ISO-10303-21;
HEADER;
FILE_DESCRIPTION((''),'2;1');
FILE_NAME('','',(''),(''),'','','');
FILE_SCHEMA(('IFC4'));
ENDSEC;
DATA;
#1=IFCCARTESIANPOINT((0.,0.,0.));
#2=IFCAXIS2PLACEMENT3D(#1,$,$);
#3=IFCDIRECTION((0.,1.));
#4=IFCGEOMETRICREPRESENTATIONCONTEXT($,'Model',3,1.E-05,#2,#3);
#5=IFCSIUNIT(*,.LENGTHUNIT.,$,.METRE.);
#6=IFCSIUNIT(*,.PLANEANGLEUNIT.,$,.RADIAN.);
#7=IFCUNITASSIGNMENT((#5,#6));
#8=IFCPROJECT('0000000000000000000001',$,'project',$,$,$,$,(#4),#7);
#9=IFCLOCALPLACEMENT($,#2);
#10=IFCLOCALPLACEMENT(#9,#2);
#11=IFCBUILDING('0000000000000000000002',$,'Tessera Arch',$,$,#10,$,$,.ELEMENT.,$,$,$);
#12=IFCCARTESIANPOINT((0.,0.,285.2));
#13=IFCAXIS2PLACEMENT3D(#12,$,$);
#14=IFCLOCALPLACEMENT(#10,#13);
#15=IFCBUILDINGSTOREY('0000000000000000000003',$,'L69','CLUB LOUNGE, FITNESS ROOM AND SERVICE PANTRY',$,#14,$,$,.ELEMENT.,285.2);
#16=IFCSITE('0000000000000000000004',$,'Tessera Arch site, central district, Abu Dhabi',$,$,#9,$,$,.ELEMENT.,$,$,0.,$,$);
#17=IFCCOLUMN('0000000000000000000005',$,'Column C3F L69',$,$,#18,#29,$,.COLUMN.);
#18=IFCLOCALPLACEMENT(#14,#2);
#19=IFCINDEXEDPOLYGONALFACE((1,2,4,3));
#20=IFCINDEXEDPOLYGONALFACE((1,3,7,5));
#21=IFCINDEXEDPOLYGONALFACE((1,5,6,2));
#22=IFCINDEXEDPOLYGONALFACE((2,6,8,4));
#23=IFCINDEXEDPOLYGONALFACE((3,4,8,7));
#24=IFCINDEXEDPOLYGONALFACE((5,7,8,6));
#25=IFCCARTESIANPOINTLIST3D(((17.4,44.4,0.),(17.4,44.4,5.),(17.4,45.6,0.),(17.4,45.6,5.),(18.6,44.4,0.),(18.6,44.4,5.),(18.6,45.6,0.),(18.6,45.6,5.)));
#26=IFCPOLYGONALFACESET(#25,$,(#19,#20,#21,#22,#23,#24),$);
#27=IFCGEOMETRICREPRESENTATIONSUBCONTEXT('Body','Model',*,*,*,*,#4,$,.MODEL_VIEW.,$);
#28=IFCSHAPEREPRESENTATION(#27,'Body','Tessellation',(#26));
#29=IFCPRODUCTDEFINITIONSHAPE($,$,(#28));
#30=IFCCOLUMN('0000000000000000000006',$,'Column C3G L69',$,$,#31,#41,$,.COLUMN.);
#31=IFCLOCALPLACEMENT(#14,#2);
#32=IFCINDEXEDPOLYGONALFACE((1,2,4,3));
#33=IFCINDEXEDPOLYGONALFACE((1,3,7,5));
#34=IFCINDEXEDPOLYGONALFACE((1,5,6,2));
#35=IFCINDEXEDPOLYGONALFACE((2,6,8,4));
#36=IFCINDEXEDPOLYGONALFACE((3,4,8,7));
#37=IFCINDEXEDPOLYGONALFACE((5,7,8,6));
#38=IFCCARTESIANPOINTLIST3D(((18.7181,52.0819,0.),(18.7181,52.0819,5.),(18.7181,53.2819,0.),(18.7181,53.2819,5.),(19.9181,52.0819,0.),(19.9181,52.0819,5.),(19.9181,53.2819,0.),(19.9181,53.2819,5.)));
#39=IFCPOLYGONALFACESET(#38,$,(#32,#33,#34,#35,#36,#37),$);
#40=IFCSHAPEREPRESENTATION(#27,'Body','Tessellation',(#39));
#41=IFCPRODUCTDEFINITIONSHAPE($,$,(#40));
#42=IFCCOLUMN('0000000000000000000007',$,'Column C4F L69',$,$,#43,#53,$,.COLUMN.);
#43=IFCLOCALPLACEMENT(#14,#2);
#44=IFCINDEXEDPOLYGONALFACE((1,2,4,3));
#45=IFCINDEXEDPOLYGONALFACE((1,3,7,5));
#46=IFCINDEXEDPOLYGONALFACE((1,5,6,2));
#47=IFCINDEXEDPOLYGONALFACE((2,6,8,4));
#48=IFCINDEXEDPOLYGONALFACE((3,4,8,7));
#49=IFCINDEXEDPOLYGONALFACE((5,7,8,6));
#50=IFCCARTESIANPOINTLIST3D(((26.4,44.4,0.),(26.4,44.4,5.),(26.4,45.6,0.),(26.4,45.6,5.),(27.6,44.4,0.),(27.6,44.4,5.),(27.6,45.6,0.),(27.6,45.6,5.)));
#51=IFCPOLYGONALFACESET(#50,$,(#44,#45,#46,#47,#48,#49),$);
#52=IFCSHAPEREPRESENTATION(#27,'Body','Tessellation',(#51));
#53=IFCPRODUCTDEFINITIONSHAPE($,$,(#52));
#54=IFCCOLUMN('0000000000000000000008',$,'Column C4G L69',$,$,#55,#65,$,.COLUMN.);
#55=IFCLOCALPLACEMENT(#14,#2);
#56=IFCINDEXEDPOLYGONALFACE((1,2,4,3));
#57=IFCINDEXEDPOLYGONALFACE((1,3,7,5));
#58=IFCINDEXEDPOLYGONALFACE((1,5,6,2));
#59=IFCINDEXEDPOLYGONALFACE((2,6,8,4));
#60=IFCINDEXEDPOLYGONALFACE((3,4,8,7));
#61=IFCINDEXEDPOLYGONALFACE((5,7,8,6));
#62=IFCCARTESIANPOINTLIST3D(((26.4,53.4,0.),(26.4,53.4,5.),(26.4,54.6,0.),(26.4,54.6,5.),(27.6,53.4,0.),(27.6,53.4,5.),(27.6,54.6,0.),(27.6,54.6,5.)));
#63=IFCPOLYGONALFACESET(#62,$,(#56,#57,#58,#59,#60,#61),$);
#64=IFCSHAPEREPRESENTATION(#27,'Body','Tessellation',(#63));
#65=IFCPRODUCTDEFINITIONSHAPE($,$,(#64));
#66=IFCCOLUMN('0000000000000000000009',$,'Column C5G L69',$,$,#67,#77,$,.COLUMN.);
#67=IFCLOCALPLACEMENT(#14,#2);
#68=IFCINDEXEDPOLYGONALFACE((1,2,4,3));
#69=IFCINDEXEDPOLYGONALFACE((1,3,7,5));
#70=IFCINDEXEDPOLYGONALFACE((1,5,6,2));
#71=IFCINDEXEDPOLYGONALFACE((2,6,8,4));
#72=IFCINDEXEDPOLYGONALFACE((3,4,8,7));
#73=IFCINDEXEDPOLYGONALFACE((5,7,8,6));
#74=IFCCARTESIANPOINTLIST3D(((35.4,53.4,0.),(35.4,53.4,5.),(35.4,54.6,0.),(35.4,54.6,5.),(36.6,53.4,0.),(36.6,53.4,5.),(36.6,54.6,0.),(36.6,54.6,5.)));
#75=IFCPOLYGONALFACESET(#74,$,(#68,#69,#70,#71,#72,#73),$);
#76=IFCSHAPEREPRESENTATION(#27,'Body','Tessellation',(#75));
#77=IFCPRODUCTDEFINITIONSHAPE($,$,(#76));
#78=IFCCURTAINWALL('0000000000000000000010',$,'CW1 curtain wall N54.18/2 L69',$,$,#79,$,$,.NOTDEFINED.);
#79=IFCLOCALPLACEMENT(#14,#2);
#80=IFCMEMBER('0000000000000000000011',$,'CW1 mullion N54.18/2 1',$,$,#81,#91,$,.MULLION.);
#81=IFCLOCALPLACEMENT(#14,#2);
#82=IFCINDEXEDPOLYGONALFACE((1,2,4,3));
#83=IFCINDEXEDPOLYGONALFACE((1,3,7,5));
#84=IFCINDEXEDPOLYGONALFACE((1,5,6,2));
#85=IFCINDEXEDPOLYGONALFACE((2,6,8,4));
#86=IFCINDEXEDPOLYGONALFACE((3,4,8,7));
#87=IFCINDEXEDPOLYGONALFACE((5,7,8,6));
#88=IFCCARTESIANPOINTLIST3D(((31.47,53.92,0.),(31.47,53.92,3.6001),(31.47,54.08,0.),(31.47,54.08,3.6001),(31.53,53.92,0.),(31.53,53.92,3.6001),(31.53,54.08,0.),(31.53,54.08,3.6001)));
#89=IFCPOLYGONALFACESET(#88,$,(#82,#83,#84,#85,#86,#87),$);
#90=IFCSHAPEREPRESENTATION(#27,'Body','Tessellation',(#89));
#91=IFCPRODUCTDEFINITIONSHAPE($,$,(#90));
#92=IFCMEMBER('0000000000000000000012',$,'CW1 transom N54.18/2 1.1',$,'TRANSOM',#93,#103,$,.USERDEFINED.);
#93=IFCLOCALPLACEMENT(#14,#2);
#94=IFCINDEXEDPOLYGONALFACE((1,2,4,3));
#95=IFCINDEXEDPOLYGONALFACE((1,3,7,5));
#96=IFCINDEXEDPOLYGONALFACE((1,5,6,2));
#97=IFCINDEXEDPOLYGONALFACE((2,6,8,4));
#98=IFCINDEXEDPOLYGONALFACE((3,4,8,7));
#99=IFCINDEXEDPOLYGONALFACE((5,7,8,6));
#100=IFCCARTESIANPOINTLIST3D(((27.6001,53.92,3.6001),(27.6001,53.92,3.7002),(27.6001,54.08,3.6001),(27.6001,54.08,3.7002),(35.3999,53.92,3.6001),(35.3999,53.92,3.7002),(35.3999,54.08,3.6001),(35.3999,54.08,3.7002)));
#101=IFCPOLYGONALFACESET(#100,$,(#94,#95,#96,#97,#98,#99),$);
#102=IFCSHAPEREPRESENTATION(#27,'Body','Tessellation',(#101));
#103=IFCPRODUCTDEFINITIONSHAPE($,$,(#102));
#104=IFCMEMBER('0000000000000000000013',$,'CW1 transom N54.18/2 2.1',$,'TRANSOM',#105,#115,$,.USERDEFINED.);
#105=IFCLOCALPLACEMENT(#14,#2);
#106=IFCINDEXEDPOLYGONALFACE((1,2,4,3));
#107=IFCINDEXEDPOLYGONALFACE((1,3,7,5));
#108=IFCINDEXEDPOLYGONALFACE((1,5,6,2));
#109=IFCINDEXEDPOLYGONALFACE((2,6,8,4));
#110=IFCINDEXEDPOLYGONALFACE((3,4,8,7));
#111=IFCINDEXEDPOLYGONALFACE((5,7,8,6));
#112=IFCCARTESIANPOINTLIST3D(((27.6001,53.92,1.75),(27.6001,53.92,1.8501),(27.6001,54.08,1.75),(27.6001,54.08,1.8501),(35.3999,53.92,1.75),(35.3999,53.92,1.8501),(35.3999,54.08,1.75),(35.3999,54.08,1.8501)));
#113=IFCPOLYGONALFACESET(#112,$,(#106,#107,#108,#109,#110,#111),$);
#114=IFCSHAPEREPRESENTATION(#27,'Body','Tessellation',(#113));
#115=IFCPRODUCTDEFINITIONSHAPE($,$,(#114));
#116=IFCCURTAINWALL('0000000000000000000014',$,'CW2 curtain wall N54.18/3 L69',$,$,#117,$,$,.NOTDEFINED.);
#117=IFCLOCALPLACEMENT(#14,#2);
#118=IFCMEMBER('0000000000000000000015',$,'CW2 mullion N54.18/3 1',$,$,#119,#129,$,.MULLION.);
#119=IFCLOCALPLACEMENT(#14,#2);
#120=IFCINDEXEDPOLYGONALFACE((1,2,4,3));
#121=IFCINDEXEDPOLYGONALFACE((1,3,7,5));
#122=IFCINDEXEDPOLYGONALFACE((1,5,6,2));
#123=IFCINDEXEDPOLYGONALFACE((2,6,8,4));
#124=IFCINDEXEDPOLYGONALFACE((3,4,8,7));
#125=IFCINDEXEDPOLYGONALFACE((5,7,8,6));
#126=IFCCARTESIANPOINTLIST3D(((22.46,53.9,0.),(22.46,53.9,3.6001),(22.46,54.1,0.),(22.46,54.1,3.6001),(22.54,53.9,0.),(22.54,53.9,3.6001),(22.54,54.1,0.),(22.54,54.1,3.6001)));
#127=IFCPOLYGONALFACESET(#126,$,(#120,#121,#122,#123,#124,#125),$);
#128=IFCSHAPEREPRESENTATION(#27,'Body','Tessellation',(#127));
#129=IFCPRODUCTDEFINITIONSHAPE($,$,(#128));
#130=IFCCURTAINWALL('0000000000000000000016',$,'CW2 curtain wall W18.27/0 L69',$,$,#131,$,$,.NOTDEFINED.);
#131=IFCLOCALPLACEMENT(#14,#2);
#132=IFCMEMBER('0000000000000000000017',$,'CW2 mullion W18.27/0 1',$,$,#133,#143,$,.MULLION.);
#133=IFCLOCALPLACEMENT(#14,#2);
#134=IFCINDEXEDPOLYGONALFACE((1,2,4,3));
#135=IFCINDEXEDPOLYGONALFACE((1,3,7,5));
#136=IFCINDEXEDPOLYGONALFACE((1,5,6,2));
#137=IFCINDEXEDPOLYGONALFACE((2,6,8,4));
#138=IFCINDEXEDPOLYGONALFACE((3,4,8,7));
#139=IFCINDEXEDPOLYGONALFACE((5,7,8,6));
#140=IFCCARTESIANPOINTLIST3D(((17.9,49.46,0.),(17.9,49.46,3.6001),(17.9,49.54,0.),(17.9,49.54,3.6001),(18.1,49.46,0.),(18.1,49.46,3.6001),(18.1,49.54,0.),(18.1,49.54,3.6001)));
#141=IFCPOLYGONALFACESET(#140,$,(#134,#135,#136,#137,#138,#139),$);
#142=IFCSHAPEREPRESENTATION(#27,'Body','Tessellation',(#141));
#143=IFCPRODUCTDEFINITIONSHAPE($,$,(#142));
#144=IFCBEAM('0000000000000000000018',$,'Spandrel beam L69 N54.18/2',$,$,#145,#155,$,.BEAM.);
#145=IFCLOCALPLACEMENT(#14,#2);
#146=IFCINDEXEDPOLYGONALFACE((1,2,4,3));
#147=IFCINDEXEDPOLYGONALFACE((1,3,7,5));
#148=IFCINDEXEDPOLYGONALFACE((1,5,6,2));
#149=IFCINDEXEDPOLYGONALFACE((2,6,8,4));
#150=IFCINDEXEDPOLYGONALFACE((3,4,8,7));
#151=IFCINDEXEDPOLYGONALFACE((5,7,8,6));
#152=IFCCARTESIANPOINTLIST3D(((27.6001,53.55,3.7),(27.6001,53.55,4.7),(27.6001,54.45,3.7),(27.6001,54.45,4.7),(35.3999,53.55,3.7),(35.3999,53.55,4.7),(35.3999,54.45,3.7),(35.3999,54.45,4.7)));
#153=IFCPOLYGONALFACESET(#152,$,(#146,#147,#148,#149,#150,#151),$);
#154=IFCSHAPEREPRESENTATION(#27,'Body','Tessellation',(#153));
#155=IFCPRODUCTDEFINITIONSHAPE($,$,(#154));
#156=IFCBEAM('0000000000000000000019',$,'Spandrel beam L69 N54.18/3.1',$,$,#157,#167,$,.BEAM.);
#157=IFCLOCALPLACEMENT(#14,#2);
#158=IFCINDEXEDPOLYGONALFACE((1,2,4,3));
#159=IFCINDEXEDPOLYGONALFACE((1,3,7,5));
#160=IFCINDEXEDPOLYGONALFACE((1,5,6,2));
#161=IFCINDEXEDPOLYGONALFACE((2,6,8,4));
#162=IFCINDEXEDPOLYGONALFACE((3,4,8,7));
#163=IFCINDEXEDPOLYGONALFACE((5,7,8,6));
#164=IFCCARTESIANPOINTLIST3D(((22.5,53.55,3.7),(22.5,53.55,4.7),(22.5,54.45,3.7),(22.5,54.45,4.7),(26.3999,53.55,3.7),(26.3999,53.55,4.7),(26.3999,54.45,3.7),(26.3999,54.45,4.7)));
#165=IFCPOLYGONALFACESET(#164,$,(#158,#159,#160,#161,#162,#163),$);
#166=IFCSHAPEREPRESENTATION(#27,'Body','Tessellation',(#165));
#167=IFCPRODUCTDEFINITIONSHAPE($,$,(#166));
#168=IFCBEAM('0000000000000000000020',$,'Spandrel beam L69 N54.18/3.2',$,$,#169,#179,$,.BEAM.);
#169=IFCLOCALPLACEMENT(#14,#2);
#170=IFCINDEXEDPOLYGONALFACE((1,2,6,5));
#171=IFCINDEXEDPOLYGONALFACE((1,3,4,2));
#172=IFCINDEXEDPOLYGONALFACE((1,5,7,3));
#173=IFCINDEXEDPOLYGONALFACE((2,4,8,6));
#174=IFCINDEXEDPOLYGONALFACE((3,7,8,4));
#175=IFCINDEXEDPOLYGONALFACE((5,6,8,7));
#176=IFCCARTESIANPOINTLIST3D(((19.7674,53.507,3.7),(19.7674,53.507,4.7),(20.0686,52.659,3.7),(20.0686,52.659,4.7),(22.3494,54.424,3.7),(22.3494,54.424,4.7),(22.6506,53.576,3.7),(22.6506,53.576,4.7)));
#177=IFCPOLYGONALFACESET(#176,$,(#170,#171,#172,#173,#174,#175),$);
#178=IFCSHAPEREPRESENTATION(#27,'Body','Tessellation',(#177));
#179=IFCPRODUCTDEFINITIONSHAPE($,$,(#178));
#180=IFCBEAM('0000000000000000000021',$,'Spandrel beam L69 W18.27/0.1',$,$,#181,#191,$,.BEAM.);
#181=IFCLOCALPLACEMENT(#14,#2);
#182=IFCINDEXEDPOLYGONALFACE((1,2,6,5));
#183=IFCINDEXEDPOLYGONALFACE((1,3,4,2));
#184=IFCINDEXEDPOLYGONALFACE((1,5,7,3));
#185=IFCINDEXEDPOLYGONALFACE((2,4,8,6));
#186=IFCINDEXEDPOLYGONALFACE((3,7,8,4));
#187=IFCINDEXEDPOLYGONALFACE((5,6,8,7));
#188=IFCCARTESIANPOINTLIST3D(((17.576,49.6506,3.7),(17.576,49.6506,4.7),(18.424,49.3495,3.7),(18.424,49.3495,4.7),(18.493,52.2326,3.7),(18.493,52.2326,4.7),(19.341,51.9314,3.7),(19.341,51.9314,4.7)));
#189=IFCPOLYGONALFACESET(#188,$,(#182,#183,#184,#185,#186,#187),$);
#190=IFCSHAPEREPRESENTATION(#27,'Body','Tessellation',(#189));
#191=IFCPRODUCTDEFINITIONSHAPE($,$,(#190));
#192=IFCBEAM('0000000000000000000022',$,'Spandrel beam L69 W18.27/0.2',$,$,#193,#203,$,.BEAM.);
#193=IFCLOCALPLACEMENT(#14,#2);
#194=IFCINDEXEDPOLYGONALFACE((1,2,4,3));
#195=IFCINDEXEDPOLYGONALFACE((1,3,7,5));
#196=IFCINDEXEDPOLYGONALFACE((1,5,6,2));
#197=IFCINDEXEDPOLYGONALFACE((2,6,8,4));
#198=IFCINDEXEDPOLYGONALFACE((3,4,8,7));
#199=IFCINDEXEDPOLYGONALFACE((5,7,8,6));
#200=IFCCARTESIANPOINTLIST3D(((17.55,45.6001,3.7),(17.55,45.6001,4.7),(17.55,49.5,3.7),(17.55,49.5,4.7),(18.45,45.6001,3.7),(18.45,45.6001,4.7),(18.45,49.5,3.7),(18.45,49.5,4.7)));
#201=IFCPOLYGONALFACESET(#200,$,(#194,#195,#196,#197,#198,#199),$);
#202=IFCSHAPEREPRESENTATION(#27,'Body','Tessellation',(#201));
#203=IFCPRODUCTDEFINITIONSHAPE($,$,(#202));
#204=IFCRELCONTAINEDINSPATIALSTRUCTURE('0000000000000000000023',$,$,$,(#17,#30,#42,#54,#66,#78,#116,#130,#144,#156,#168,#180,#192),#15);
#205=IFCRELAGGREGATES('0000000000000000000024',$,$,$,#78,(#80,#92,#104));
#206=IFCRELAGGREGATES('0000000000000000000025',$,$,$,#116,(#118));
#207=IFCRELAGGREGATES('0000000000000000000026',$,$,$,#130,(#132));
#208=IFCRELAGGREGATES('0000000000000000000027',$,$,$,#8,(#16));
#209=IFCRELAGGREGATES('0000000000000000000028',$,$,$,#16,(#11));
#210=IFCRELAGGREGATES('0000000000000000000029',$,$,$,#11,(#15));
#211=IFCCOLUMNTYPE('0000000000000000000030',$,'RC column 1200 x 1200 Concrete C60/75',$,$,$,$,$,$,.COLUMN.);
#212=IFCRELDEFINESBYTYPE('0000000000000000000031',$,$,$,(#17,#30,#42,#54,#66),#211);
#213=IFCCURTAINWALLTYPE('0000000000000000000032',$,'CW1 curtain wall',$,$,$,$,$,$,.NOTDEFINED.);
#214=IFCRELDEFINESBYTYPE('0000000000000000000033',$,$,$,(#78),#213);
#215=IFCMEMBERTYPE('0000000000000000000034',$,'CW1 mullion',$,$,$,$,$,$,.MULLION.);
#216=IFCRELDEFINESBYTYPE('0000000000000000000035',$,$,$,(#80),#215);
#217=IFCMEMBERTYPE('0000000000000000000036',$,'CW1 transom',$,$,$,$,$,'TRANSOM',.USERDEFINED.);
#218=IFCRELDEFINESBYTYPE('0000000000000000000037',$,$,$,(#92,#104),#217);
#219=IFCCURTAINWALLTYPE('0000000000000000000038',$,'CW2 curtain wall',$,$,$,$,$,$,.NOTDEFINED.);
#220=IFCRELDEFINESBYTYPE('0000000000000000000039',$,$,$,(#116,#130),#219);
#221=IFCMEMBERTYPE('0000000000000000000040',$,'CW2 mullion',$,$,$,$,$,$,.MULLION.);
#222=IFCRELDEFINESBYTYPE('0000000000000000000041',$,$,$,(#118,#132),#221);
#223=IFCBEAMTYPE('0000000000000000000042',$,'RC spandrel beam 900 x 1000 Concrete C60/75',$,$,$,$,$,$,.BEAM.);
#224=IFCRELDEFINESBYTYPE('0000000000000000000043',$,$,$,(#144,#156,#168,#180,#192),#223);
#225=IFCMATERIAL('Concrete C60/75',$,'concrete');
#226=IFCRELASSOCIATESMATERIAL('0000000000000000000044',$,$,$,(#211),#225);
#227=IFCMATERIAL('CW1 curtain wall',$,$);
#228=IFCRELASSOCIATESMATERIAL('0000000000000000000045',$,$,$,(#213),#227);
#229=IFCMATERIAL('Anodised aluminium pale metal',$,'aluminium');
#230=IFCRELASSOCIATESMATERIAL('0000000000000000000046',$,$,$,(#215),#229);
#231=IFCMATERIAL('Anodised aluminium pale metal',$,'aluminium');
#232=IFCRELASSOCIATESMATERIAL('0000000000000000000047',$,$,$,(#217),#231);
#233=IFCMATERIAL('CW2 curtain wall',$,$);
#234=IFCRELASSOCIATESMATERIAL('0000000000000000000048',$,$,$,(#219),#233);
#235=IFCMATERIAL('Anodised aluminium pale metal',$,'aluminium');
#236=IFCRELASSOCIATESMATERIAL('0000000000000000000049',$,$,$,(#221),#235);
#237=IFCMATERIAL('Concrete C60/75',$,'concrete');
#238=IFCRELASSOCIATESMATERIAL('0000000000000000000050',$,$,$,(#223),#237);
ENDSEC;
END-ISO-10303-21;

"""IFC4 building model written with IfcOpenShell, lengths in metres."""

from ifc_helpers import new_model, si_unit, direction, frame, origin, origin_2d, place, context, subcontext, project, spatial, rectangle, extrude, material, material_profile, profile_set, type_object, element, aggregate, save


model = new_model("IFC4")

# Units and contexts
model_context = context("Model", 3, precision=1e-05, world=origin(), true_north=direction((0.0, 1.0)))
body_context = subcontext(model_context, "Body", "Model", "MODEL_VIEW")
ifc_project = project(units=[si_unit("LENGTHUNIT", "METRE"), si_unit("PLANEANGLEUNIT", "RADIAN")], contexts=[model_context])

# Site, building, storey
site_placement = place(None, origin())
site = spatial("IfcSite", under=ifc_project, at=site_placement, Name="Tessera Arch site, central district, Abu Dhabi", CompositionType="ELEMENT", RefElevation=0.0)
building_placement = place(site_placement, origin())
building = spatial("IfcBuilding", under=site, at=building_placement, Name="Tessera Arch", CompositionType="ELEMENT")
storey_placement = place(building_placement, frame((0.0, 0.0, 285.2)))
storey = spatial("IfcBuildingStorey", under=building, at=storey_placement, Name="L69", Description="CLUB LOUNGE, FITNESS ROOM AND SERVICE PANTRY", CompositionType="ELEMENT", Elevation=285.2)

# Columns
ifc_material_1 = material(Name="Concrete C60/75", Category="concrete")
ifc_material_profile_1 = material_profile(ifc_material_1, rectangle(XDim=1.2, YDim=1.2, at=origin_2d()), Name="RC column 1200 x 1200 Concrete C60/75")
ifc_profile_set_1 = profile_set([ifc_material_profile_1], Name="Concrete C60/75")
column_type = type_object("IfcColumnType", Name="RC column 1200 x 1200 Concrete C60/75", PredefinedType="COLUMN", material=ifc_profile_set_1)
for number, where, z_axis, x_axis, name in (
    (1, (18.0, 45.0, 0.0), (0.0, 0.0, 1.0), (1.0, 0.0, 0.0), "Column C3F L69"),
    (2, (19.3181, 52.6819, 0.0), (0.0, 0.0, 1.0), (1.0, 0.0, 0.0), "Column C3G L69"),
    (3, (27.0, 45.0, 0.0), (0.0, 0.0, 1.0), (1.0, 0.0, 0.0), "Column C4F L69"),
    (4, (27.0, 54.0, 0.0), (0.0, 0.0, 1.0), (1.0, 0.0, 0.0), "Column C4G L69"),
    (5, (36.0, 54.0, 0.0), (0.0, 0.0, 1.0), (1.0, 0.0, 0.0), "Column C5G L69"),
):
    element("IfcColumn", number, at=place(storey_placement, frame(where, z_axis=z_axis, x_axis=x_axis)), inside=storey, type_object=column_type, Name=name, PredefinedType="COLUMN", context=body_context, shape_type="SweptSolid", body=[
        extrude(rectangle(XDim=1.2, YDim=1.2, at=origin_2d()), origin(), (0.0, 0.0, 1.0), 5.0),
    ])

# Curtain wall, members
ifc_material_2 = material(Name="CW1 curtain wall")
curtain_wall_type_1 = type_object("IfcCurtainWallType", Name="CW1 curtain wall", PredefinedType="NOTDEFINED", material=ifc_material_2)
curtain_wall_1_placement = place(storey_placement, origin())
curtain_wall_1 = element("IfcCurtainWall", 6, at=curtain_wall_1_placement, inside=storey, type_object=curtain_wall_type_1, Name="CW1 curtain wall N54.18/2 L69", PredefinedType="NOTDEFINED")
ifc_material_3 = material(Name="Anodised aluminium pale metal", Category="aluminium")
ifc_material_profile_2 = material_profile(ifc_material_3, rectangle(XDim=0.1599, YDim=0.0601, at=origin_2d()), Name="AL 60x160")
ifc_profile_set_2 = profile_set([ifc_material_profile_2], Name="Anodised aluminium pale metal")
member_type_1 = type_object("IfcMemberType", Name="CW1 mullion", PredefinedType="MULLION", material=ifc_profile_set_2)
member_1_placement = place(storey_placement, frame((31.5, 54.0, 0.0), z_axis=(0.0, 0.0, 1.0), x_axis=(0.0, -1.0, 0.0)))
member_1 = element("IfcMember", 7, at=member_1_placement, type_object=member_type_1, Name="CW1 mullion N54.18/2 1", PredefinedType="MULLION", context=body_context, shape_type="SweptSolid", body=[
    extrude(rectangle(XDim=0.1599, YDim=0.0601, at=origin_2d()), origin(), (0.0, 0.0, 1.0), 3.6001),
])
ifc_material_4 = material(Name="Anodised aluminium pale metal", Category="aluminium")
ifc_material_profile_3 = material_profile(ifc_material_4, rectangle(XDim=0.1599, YDim=0.1001, at=origin_2d()), Name="AL 160x100")
ifc_profile_set_3 = profile_set([ifc_material_profile_3], Name="Anodised aluminium pale metal")
member_type_2 = type_object("IfcMemberType", Name="CW1 transom", ElementType="TRANSOM", PredefinedType="USERDEFINED", material=ifc_profile_set_3)
member_2_placement = place(storey_placement, frame((35.3999, 54.0, 3.6501), z_axis=(-1.0, 0.0, 0.0), x_axis=(0.0, -1.0, 0.0)))
member_2 = element("IfcMember", 8, at=member_2_placement, type_object=member_type_2, Name="CW1 transom N54.18/2 1.1", ObjectType="TRANSOM", PredefinedType="USERDEFINED", context=body_context, shape_type="SweptSolid", body=[
    extrude(rectangle(XDim=0.1599, YDim=0.1001, at=origin_2d()), origin(), (0.0, 0.0, 1.0), 7.7998),
])
member_3_placement = place(storey_placement, frame((35.3999, 54.0, 1.8), z_axis=(-1.0, 0.0, 0.0), x_axis=(0.0, -1.0, 0.0)))
member_3 = element("IfcMember", 9, at=member_3_placement, type_object=member_type_2, Name="CW1 transom N54.18/2 2.1", ObjectType="TRANSOM", PredefinedType="USERDEFINED", context=body_context, shape_type="SweptSolid", body=[
    extrude(rectangle(XDim=0.1599, YDim=0.1001, at=origin_2d()), origin(), (0.0, 0.0, 1.0), 7.7998),
])

# Curtain walls, members
ifc_material_5 = material(Name="CW2 curtain wall")
curtain_wall_type_2 = type_object("IfcCurtainWallType", Name="CW2 curtain wall", PredefinedType="NOTDEFINED", material=ifc_material_5)
curtain_wall_2_placement = place(storey_placement, origin())
curtain_wall_2 = element("IfcCurtainWall", 10, at=curtain_wall_2_placement, inside=storey, type_object=curtain_wall_type_2, Name="CW2 curtain wall N54.18/3 L69", PredefinedType="NOTDEFINED")
ifc_material_6 = material(Name="Anodised aluminium pale metal", Category="aluminium")
ifc_material_profile_4 = material_profile(ifc_material_6, rectangle(XDim=0.2, YDim=0.0801, at=origin_2d()), Name="AL 80x200")
ifc_profile_set_4 = profile_set([ifc_material_profile_4], Name="Anodised aluminium pale metal")
member_type_3 = type_object("IfcMemberType", Name="CW2 mullion", PredefinedType="MULLION", material=ifc_profile_set_4)
member_4_placement = place(storey_placement, frame((22.5, 54.0, 0.0), z_axis=(0.0, 0.0, 1.0), x_axis=(0.0, -1.0, 0.0)))
member_4 = element("IfcMember", 11, at=member_4_placement, type_object=member_type_3, Name="CW2 mullion N54.18/3 1", PredefinedType="MULLION", context=body_context, shape_type="SweptSolid", body=[
    extrude(rectangle(XDim=0.2, YDim=0.0801, at=origin_2d()), origin(), (0.0, 0.0, 1.0), 3.6001),
])
curtain_wall_3_placement = place(storey_placement, origin())
curtain_wall_3 = element("IfcCurtainWall", 12, at=curtain_wall_3_placement, inside=storey, type_object=curtain_wall_type_2, Name="CW2 curtain wall W18.27/0 L69", PredefinedType="NOTDEFINED")
member_5_placement = place(storey_placement, frame((18.0, 49.5, 0.0), z_axis=(0.0, 0.0, 1.0), x_axis=(1.0, 0.0, 0.0)))
member_5 = element("IfcMember", 13, at=member_5_placement, type_object=member_type_3, Name="CW2 mullion W18.27/0 1", PredefinedType="MULLION", context=body_context, shape_type="SweptSolid", body=[
    extrude(rectangle(XDim=0.2, YDim=0.0801, at=origin_2d()), origin(), (0.0, 0.0, 1.0), 3.6001),
])

# Beams
ifc_material_7 = material(Name="Concrete C60/75", Category="concrete")
ifc_material_profile_5 = material_profile(ifc_material_7, rectangle(XDim=0.8999, YDim=1.0, at=origin_2d()), Name="RC spandrel beam 900 x 1000 Concrete C60/75")
ifc_profile_set_5 = profile_set([ifc_material_profile_5], Name="Concrete C60/75")
beam_type = type_object("IfcBeamType", Name="RC spandrel beam 900 x 1000 Concrete C60/75", PredefinedType="BEAM", material=ifc_profile_set_5)
beam_1_placement = place(storey_placement, frame((35.3999, 54.0, 4.2), z_axis=(-1.0, 0.0, 0.0), x_axis=(0.0, -1.0, 0.0)))
element("IfcBeam", 14, at=beam_1_placement, inside=storey, type_object=beam_type, Name="Spandrel beam L69 N54.18/2", PredefinedType="BEAM", context=body_context, shape_type="SweptSolid", body=[
    extrude(rectangle(XDim=0.8999, YDim=1.0, at=origin_2d()), origin(), (0.0, 0.0, 1.0), 7.7998),
])
beam_2_placement = place(storey_placement, frame((26.3999, 54.0, 4.2), z_axis=(-1.0, 0.0, 0.0), x_axis=(0.0, -1.0, 0.0)))
element("IfcBeam", 15, at=beam_2_placement, inside=storey, type_object=beam_type, Name="Spandrel beam L69 N54.18/3.1", PredefinedType="BEAM", context=body_context, shape_type="SweptSolid", body=[
    extrude(rectangle(XDim=0.8999, YDim=1.0, at=origin_2d()), origin(), (0.0, 0.0, 1.0), 3.8999),
])
for number, where, z_axis, x_axis, name in (
    (16, (22.5, 54.0, 4.2), (-0.942337, -0.334665, 0.0), (0.334665, -0.942337, 0.0), "Spandrel beam L69 N54.18/3.2"),
    (17, (18.917, 52.082, 4.2), (-0.334665, -0.942337, 0.0), (0.942337, -0.334665, 0.0), "Spandrel beam L69 W18.27/0.1"),
):
    element("IfcBeam", number, at=place(storey_placement, frame(where, z_axis=z_axis, x_axis=x_axis)), inside=storey, type_object=beam_type, Name=name, PredefinedType="BEAM", context=body_context, shape_type="SweptSolid", body=[
        extrude(rectangle(XDim=0.8999, YDim=1.0, at=origin_2d()), origin(), (0.0, 0.0, 1.0), 2.74),
    ])
beam_3_placement = place(storey_placement, frame((18.0, 49.5, 4.2), z_axis=(0.0, -1.0, 0.0), x_axis=(1.0, 0.0, 0.0)))
element("IfcBeam", 18, at=beam_3_placement, inside=storey, type_object=beam_type, Name="Spandrel beam L69 W18.27/0.2", PredefinedType="BEAM", context=body_context, shape_type="SweptSolid", body=[
    extrude(rectangle(XDim=0.8999, YDim=1.0, at=origin_2d()), origin(), (0.0, 0.0, 1.0), 3.8999),
])

aggregate(curtain_wall_1, [member_1, member_2, member_3])
aggregate(curtain_wall_2, [member_4])
aggregate(curtain_wall_3, [member_5])

save(model, "model.ifc")
